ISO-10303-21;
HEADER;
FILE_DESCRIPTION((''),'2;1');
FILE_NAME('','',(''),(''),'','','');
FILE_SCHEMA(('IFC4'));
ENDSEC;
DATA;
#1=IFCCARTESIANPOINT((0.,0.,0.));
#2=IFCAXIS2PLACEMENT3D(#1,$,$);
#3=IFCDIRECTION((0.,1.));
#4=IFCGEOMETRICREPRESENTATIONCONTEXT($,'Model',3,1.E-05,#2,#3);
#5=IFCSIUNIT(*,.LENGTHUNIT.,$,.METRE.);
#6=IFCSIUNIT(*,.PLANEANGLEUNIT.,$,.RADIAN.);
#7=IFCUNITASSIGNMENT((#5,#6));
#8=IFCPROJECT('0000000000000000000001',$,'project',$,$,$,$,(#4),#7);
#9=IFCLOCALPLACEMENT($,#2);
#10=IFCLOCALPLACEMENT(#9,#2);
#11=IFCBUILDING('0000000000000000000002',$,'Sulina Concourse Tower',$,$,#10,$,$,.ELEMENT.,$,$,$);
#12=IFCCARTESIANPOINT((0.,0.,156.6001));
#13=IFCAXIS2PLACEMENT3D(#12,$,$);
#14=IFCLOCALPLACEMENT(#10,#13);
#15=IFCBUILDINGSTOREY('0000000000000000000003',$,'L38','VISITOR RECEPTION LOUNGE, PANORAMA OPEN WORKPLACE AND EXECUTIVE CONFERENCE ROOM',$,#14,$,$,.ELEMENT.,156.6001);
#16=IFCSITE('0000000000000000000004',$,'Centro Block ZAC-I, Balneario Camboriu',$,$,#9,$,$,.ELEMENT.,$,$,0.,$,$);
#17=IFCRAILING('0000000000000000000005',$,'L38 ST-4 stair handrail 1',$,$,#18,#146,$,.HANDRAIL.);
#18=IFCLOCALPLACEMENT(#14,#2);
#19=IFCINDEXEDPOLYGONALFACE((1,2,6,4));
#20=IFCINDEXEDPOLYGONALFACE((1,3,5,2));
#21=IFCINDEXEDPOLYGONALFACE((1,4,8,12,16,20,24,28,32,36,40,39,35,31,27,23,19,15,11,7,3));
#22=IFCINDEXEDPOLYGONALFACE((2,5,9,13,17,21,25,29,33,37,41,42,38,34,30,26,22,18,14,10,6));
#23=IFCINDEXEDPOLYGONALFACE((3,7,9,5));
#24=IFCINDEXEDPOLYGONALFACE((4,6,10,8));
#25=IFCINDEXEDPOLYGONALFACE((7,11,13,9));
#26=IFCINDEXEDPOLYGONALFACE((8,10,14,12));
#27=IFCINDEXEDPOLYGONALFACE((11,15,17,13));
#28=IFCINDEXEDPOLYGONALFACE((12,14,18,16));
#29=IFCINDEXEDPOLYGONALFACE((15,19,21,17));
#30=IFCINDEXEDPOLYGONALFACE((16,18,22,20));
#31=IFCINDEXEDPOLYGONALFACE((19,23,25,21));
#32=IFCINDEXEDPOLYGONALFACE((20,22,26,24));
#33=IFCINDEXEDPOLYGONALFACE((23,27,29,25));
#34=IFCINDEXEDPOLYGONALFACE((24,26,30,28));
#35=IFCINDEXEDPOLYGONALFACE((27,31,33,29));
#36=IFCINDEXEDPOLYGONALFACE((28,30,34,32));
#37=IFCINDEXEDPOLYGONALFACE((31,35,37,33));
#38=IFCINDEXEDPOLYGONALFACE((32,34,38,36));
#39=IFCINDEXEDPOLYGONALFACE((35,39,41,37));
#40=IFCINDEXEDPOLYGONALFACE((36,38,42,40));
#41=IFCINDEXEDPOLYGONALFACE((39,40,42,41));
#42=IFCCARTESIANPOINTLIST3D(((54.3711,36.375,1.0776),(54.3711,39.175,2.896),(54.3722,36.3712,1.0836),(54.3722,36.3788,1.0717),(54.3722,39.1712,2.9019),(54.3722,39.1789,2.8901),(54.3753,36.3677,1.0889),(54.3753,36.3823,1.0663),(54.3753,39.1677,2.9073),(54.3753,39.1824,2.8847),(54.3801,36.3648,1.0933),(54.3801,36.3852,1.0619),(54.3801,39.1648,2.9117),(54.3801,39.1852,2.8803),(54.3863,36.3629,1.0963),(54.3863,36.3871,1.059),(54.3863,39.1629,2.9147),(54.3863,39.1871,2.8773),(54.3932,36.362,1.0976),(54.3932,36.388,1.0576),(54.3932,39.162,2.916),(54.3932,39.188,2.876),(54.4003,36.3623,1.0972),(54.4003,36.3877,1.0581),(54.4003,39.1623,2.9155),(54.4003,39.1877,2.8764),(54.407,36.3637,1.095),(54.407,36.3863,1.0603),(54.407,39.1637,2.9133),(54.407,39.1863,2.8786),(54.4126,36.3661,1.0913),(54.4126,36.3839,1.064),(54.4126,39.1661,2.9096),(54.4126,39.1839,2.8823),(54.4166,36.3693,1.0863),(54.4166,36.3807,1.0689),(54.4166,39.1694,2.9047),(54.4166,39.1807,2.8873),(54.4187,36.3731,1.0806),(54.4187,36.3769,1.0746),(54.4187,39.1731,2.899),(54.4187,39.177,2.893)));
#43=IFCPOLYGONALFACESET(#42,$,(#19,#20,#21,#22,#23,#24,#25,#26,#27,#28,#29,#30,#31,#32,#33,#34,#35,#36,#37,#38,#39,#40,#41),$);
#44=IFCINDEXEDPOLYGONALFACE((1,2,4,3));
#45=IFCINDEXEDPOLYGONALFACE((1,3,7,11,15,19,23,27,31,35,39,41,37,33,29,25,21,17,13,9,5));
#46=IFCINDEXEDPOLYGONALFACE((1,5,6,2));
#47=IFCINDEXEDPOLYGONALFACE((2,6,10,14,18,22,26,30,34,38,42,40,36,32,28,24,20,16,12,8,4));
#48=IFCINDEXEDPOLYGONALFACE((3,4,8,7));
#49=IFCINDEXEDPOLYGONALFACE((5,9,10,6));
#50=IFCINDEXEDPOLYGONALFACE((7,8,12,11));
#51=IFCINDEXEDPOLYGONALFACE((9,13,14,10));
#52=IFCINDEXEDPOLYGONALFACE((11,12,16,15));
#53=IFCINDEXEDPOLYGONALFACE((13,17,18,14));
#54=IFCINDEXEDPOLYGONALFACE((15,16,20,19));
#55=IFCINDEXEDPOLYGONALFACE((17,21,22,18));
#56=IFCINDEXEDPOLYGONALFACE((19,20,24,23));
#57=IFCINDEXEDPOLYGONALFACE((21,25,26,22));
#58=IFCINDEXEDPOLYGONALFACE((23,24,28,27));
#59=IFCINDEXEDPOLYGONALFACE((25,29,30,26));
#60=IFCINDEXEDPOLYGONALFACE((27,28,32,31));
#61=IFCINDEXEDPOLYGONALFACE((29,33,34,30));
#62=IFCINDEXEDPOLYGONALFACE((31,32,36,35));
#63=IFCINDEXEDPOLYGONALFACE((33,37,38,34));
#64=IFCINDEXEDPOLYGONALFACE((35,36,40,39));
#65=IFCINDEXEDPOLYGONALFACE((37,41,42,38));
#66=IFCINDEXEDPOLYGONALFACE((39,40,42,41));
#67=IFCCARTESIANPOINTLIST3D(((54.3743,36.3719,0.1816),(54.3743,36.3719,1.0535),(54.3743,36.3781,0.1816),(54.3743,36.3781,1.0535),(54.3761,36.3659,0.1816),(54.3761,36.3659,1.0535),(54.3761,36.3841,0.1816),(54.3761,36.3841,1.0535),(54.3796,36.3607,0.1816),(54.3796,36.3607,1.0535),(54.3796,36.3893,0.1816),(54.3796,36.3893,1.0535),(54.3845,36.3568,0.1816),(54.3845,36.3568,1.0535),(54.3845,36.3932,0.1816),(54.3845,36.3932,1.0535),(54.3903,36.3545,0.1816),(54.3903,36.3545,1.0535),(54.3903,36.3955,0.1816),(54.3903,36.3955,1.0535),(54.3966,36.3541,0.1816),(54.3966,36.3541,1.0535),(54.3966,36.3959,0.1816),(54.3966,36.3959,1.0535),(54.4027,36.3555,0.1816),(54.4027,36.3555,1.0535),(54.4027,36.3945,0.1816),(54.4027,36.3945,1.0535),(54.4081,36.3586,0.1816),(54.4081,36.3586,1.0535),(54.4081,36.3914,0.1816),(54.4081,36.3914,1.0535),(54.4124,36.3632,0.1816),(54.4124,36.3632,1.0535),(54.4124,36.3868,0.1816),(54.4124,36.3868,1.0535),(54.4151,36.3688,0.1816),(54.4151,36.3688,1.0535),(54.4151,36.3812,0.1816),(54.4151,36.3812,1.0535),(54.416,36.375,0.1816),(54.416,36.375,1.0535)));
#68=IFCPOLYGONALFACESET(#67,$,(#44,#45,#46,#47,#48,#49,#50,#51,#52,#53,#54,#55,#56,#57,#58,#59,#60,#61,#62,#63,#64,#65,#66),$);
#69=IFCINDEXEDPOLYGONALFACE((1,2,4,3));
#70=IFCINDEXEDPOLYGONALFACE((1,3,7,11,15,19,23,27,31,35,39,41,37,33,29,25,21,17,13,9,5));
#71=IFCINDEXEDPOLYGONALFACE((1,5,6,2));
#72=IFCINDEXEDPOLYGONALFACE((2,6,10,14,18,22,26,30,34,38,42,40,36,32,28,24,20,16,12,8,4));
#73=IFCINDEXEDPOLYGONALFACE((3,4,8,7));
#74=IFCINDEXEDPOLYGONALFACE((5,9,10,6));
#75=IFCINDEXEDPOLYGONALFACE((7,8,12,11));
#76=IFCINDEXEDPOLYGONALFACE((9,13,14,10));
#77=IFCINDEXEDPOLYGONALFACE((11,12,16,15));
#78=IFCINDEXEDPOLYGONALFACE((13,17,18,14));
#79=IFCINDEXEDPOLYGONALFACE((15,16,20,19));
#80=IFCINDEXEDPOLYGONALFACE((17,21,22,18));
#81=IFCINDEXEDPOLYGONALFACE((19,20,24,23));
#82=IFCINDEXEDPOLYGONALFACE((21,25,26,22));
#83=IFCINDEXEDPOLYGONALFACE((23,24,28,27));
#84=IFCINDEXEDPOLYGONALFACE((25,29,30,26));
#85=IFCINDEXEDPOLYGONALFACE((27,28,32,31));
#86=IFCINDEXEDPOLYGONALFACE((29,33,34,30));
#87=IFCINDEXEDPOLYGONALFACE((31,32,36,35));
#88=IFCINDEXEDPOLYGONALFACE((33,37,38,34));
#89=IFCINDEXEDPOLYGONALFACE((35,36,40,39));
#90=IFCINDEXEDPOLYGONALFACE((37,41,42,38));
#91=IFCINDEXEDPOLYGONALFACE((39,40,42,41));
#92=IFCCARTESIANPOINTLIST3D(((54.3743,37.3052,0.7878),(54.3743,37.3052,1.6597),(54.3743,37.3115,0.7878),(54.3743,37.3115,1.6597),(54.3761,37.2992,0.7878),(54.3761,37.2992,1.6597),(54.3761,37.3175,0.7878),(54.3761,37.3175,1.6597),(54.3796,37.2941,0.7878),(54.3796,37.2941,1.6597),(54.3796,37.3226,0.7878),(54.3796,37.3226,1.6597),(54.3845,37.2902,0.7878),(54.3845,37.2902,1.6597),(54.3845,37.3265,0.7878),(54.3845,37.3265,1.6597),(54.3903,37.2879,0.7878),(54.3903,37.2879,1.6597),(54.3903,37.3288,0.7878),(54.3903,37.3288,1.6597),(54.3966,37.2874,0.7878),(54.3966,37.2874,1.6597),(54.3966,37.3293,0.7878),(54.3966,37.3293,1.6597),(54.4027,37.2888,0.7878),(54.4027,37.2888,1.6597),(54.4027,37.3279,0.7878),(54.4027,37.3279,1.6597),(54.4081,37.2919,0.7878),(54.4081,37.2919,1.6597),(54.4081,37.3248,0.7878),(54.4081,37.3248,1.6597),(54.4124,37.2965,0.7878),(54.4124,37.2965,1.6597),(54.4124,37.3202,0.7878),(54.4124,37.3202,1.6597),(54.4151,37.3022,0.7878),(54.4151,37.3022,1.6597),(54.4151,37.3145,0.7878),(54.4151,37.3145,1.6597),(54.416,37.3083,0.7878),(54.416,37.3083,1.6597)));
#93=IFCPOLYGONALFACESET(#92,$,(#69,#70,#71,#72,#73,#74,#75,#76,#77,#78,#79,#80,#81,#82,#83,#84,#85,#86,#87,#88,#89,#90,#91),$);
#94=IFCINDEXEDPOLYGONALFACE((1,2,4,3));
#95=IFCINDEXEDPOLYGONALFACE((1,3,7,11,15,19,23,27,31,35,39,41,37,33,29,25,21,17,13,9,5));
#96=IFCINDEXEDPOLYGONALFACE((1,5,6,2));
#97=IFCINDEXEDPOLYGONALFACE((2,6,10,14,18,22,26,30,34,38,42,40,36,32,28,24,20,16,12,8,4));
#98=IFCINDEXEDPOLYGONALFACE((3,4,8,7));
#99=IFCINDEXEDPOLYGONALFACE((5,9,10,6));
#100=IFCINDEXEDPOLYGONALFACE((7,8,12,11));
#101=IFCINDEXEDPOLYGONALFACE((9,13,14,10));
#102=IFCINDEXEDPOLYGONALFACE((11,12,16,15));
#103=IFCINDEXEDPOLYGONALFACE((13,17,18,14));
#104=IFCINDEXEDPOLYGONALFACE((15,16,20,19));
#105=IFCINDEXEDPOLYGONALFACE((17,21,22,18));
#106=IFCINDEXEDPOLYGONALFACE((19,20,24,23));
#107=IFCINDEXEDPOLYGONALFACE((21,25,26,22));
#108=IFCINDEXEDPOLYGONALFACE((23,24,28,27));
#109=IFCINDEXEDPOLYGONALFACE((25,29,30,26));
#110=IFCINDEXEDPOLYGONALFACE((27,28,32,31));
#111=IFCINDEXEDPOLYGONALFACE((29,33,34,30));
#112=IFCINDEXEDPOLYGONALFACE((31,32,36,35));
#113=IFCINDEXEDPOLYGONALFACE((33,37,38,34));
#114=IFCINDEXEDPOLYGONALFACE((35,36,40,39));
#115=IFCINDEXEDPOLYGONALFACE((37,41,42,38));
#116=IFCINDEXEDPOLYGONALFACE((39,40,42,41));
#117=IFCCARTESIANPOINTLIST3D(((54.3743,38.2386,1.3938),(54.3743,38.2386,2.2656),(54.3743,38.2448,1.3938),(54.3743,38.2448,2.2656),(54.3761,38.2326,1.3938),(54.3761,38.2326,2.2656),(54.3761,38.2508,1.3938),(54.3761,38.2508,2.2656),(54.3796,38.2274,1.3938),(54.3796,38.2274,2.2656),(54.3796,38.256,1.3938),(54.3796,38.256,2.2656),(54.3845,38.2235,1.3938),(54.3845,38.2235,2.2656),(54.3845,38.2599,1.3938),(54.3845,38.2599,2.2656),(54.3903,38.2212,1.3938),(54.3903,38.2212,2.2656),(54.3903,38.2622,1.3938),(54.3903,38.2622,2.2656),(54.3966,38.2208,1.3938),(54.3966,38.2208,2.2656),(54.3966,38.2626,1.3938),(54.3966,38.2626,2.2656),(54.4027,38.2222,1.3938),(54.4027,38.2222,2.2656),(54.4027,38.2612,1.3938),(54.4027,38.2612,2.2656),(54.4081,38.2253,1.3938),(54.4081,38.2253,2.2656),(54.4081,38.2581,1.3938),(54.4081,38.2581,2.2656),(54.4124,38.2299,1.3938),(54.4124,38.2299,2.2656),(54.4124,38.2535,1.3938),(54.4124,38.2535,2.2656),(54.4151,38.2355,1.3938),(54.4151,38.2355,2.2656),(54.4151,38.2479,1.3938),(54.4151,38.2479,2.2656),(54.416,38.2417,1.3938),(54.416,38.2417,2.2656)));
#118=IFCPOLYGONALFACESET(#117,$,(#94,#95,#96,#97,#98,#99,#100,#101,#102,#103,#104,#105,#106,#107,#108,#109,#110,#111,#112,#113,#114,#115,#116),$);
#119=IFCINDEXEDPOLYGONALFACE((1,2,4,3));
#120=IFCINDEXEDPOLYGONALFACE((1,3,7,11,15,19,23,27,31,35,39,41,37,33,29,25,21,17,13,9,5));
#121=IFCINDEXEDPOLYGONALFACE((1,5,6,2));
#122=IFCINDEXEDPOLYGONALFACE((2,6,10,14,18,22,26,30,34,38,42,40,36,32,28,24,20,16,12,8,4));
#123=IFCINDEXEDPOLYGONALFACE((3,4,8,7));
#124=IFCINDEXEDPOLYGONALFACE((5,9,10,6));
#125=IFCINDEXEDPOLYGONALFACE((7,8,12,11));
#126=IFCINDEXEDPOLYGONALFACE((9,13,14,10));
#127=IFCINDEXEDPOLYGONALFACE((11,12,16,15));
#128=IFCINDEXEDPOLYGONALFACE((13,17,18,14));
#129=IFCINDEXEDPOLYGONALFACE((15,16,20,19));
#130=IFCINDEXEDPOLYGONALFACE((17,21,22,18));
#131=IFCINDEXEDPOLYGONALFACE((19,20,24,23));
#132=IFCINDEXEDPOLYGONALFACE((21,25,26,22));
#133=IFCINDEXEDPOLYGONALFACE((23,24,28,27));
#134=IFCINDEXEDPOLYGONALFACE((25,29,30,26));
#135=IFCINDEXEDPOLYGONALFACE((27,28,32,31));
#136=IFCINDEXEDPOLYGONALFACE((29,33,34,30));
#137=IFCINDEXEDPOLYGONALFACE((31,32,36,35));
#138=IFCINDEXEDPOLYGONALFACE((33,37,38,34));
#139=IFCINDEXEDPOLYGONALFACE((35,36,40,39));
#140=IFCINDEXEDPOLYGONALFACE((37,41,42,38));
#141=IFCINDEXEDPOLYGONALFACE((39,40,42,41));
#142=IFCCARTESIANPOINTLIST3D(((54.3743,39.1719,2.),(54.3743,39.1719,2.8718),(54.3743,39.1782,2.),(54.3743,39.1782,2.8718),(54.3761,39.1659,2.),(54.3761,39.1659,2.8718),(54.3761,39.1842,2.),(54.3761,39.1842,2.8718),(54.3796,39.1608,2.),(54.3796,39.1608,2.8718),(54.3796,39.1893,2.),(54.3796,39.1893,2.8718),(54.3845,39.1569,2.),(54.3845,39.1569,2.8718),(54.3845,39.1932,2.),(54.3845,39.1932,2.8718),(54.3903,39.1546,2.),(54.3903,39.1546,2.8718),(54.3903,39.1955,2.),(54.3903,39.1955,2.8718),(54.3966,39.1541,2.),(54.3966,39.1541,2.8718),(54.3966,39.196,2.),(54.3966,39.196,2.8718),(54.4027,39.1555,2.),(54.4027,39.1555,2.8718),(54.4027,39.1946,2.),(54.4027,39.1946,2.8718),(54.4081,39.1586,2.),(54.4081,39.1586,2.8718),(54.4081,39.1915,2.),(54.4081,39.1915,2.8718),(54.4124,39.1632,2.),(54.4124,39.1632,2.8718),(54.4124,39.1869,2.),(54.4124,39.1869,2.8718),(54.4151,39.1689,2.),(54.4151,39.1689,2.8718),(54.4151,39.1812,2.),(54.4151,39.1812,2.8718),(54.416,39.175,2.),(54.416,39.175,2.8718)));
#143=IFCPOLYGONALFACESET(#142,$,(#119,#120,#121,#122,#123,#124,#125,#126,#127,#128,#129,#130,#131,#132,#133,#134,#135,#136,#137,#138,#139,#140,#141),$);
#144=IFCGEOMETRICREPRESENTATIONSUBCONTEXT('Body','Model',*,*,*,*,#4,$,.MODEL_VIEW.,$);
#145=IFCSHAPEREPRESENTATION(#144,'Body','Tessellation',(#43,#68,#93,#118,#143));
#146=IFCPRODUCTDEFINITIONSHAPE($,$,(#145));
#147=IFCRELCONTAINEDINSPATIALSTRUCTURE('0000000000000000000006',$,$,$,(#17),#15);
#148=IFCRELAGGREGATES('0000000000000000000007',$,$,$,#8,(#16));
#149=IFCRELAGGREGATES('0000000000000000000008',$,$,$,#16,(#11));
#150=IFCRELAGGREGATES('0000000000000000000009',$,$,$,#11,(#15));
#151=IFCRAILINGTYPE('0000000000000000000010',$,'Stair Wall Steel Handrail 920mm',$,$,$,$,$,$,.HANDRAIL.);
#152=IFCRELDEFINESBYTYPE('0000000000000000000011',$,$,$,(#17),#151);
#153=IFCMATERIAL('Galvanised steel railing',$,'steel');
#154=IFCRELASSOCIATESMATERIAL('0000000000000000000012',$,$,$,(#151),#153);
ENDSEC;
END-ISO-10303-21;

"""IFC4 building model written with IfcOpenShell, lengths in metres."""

from ifc_helpers import new_model, si_unit, direction, frame, origin, origin_2d, place, context, subcontext, project, spatial, circle, extrude, material, type_object, element, save


model = new_model("IFC4")

# Units and contexts
model_context = context("Model", 3, precision=1e-05, world=origin(), true_north=direction((0.0, 1.0)))
body_context = subcontext(model_context, "Body", "Model", "MODEL_VIEW")
ifc_project = project(units=[si_unit("LENGTHUNIT", "METRE"), si_unit("PLANEANGLEUNIT", "RADIAN")], contexts=[model_context])

# Site, building, storey
site_placement = place(None, origin())
site = spatial("IfcSite", under=ifc_project, at=site_placement, Name="Centro Block ZAC-I, Balneario Camboriu", CompositionType="ELEMENT", RefElevation=0.0)
building_placement = place(site_placement, origin())
building = spatial("IfcBuilding", under=site, at=building_placement, Name="Sulina Concourse Tower", CompositionType="ELEMENT")
storey_placement = place(building_placement, frame((0.0, 0.0, 156.6001)))
storey = spatial("IfcBuildingStorey", under=building, at=storey_placement, Name="L38", Description="VISITOR RECEPTION LOUNGE, PANORAMA OPEN WORKPLACE AND EXECUTIVE CONFERENCE ROOM", CompositionType="ELEMENT", Elevation=156.6001)

# Railing
ifc_material_1 = material(Name="Galvanised steel railing", Category="steel")
railing_type_1 = type_object("IfcRailingType", Name="Stair Wall Steel Handrail 920mm", PredefinedType="HANDRAIL", material=ifc_material_1)
for number, where, name in (
    (1, (54.395, 36.375, 0.1816), "L38 ST-4 stair handrail 1"),
):
    element("IfcRailing", number, at=place(storey_placement, frame(where)), inside=storey, type_object=railing_type_1, Name=name, PredefinedType="HANDRAIL", context=body_context, shape_type="SweptSolid", body=[
        extrude(circle(Radius=0.0239, at=origin_2d()), frame((0.0, 0.0, 0.896), z_axis=(0.0, 0.838672, 0.544636), x_axis=(-1.0, 0.0, 0.0)), (0.0, 0.0, 1.0), 3.3386),
        extrude(circle(Radius=0.021, at=origin_2d()), origin(), (0.0, 0.0, 1.0), 0.8718),
        extrude(circle(Radius=0.021, at=origin_2d()), frame((0.0, 0.9333, 0.6062)), (0.0, 0.0, 1.0), 0.8718),
        extrude(circle(Radius=0.021, at=origin_2d()), frame((0.0, 1.8667, 1.2122)), (0.0, 0.0, 1.0), 0.8718),
        extrude(circle(Radius=0.021, at=origin_2d()), frame((0.0, 2.8, 1.8184)), (0.0, 0.0, 1.0), 0.8718),
    ])

save(model, "model.ifc")
